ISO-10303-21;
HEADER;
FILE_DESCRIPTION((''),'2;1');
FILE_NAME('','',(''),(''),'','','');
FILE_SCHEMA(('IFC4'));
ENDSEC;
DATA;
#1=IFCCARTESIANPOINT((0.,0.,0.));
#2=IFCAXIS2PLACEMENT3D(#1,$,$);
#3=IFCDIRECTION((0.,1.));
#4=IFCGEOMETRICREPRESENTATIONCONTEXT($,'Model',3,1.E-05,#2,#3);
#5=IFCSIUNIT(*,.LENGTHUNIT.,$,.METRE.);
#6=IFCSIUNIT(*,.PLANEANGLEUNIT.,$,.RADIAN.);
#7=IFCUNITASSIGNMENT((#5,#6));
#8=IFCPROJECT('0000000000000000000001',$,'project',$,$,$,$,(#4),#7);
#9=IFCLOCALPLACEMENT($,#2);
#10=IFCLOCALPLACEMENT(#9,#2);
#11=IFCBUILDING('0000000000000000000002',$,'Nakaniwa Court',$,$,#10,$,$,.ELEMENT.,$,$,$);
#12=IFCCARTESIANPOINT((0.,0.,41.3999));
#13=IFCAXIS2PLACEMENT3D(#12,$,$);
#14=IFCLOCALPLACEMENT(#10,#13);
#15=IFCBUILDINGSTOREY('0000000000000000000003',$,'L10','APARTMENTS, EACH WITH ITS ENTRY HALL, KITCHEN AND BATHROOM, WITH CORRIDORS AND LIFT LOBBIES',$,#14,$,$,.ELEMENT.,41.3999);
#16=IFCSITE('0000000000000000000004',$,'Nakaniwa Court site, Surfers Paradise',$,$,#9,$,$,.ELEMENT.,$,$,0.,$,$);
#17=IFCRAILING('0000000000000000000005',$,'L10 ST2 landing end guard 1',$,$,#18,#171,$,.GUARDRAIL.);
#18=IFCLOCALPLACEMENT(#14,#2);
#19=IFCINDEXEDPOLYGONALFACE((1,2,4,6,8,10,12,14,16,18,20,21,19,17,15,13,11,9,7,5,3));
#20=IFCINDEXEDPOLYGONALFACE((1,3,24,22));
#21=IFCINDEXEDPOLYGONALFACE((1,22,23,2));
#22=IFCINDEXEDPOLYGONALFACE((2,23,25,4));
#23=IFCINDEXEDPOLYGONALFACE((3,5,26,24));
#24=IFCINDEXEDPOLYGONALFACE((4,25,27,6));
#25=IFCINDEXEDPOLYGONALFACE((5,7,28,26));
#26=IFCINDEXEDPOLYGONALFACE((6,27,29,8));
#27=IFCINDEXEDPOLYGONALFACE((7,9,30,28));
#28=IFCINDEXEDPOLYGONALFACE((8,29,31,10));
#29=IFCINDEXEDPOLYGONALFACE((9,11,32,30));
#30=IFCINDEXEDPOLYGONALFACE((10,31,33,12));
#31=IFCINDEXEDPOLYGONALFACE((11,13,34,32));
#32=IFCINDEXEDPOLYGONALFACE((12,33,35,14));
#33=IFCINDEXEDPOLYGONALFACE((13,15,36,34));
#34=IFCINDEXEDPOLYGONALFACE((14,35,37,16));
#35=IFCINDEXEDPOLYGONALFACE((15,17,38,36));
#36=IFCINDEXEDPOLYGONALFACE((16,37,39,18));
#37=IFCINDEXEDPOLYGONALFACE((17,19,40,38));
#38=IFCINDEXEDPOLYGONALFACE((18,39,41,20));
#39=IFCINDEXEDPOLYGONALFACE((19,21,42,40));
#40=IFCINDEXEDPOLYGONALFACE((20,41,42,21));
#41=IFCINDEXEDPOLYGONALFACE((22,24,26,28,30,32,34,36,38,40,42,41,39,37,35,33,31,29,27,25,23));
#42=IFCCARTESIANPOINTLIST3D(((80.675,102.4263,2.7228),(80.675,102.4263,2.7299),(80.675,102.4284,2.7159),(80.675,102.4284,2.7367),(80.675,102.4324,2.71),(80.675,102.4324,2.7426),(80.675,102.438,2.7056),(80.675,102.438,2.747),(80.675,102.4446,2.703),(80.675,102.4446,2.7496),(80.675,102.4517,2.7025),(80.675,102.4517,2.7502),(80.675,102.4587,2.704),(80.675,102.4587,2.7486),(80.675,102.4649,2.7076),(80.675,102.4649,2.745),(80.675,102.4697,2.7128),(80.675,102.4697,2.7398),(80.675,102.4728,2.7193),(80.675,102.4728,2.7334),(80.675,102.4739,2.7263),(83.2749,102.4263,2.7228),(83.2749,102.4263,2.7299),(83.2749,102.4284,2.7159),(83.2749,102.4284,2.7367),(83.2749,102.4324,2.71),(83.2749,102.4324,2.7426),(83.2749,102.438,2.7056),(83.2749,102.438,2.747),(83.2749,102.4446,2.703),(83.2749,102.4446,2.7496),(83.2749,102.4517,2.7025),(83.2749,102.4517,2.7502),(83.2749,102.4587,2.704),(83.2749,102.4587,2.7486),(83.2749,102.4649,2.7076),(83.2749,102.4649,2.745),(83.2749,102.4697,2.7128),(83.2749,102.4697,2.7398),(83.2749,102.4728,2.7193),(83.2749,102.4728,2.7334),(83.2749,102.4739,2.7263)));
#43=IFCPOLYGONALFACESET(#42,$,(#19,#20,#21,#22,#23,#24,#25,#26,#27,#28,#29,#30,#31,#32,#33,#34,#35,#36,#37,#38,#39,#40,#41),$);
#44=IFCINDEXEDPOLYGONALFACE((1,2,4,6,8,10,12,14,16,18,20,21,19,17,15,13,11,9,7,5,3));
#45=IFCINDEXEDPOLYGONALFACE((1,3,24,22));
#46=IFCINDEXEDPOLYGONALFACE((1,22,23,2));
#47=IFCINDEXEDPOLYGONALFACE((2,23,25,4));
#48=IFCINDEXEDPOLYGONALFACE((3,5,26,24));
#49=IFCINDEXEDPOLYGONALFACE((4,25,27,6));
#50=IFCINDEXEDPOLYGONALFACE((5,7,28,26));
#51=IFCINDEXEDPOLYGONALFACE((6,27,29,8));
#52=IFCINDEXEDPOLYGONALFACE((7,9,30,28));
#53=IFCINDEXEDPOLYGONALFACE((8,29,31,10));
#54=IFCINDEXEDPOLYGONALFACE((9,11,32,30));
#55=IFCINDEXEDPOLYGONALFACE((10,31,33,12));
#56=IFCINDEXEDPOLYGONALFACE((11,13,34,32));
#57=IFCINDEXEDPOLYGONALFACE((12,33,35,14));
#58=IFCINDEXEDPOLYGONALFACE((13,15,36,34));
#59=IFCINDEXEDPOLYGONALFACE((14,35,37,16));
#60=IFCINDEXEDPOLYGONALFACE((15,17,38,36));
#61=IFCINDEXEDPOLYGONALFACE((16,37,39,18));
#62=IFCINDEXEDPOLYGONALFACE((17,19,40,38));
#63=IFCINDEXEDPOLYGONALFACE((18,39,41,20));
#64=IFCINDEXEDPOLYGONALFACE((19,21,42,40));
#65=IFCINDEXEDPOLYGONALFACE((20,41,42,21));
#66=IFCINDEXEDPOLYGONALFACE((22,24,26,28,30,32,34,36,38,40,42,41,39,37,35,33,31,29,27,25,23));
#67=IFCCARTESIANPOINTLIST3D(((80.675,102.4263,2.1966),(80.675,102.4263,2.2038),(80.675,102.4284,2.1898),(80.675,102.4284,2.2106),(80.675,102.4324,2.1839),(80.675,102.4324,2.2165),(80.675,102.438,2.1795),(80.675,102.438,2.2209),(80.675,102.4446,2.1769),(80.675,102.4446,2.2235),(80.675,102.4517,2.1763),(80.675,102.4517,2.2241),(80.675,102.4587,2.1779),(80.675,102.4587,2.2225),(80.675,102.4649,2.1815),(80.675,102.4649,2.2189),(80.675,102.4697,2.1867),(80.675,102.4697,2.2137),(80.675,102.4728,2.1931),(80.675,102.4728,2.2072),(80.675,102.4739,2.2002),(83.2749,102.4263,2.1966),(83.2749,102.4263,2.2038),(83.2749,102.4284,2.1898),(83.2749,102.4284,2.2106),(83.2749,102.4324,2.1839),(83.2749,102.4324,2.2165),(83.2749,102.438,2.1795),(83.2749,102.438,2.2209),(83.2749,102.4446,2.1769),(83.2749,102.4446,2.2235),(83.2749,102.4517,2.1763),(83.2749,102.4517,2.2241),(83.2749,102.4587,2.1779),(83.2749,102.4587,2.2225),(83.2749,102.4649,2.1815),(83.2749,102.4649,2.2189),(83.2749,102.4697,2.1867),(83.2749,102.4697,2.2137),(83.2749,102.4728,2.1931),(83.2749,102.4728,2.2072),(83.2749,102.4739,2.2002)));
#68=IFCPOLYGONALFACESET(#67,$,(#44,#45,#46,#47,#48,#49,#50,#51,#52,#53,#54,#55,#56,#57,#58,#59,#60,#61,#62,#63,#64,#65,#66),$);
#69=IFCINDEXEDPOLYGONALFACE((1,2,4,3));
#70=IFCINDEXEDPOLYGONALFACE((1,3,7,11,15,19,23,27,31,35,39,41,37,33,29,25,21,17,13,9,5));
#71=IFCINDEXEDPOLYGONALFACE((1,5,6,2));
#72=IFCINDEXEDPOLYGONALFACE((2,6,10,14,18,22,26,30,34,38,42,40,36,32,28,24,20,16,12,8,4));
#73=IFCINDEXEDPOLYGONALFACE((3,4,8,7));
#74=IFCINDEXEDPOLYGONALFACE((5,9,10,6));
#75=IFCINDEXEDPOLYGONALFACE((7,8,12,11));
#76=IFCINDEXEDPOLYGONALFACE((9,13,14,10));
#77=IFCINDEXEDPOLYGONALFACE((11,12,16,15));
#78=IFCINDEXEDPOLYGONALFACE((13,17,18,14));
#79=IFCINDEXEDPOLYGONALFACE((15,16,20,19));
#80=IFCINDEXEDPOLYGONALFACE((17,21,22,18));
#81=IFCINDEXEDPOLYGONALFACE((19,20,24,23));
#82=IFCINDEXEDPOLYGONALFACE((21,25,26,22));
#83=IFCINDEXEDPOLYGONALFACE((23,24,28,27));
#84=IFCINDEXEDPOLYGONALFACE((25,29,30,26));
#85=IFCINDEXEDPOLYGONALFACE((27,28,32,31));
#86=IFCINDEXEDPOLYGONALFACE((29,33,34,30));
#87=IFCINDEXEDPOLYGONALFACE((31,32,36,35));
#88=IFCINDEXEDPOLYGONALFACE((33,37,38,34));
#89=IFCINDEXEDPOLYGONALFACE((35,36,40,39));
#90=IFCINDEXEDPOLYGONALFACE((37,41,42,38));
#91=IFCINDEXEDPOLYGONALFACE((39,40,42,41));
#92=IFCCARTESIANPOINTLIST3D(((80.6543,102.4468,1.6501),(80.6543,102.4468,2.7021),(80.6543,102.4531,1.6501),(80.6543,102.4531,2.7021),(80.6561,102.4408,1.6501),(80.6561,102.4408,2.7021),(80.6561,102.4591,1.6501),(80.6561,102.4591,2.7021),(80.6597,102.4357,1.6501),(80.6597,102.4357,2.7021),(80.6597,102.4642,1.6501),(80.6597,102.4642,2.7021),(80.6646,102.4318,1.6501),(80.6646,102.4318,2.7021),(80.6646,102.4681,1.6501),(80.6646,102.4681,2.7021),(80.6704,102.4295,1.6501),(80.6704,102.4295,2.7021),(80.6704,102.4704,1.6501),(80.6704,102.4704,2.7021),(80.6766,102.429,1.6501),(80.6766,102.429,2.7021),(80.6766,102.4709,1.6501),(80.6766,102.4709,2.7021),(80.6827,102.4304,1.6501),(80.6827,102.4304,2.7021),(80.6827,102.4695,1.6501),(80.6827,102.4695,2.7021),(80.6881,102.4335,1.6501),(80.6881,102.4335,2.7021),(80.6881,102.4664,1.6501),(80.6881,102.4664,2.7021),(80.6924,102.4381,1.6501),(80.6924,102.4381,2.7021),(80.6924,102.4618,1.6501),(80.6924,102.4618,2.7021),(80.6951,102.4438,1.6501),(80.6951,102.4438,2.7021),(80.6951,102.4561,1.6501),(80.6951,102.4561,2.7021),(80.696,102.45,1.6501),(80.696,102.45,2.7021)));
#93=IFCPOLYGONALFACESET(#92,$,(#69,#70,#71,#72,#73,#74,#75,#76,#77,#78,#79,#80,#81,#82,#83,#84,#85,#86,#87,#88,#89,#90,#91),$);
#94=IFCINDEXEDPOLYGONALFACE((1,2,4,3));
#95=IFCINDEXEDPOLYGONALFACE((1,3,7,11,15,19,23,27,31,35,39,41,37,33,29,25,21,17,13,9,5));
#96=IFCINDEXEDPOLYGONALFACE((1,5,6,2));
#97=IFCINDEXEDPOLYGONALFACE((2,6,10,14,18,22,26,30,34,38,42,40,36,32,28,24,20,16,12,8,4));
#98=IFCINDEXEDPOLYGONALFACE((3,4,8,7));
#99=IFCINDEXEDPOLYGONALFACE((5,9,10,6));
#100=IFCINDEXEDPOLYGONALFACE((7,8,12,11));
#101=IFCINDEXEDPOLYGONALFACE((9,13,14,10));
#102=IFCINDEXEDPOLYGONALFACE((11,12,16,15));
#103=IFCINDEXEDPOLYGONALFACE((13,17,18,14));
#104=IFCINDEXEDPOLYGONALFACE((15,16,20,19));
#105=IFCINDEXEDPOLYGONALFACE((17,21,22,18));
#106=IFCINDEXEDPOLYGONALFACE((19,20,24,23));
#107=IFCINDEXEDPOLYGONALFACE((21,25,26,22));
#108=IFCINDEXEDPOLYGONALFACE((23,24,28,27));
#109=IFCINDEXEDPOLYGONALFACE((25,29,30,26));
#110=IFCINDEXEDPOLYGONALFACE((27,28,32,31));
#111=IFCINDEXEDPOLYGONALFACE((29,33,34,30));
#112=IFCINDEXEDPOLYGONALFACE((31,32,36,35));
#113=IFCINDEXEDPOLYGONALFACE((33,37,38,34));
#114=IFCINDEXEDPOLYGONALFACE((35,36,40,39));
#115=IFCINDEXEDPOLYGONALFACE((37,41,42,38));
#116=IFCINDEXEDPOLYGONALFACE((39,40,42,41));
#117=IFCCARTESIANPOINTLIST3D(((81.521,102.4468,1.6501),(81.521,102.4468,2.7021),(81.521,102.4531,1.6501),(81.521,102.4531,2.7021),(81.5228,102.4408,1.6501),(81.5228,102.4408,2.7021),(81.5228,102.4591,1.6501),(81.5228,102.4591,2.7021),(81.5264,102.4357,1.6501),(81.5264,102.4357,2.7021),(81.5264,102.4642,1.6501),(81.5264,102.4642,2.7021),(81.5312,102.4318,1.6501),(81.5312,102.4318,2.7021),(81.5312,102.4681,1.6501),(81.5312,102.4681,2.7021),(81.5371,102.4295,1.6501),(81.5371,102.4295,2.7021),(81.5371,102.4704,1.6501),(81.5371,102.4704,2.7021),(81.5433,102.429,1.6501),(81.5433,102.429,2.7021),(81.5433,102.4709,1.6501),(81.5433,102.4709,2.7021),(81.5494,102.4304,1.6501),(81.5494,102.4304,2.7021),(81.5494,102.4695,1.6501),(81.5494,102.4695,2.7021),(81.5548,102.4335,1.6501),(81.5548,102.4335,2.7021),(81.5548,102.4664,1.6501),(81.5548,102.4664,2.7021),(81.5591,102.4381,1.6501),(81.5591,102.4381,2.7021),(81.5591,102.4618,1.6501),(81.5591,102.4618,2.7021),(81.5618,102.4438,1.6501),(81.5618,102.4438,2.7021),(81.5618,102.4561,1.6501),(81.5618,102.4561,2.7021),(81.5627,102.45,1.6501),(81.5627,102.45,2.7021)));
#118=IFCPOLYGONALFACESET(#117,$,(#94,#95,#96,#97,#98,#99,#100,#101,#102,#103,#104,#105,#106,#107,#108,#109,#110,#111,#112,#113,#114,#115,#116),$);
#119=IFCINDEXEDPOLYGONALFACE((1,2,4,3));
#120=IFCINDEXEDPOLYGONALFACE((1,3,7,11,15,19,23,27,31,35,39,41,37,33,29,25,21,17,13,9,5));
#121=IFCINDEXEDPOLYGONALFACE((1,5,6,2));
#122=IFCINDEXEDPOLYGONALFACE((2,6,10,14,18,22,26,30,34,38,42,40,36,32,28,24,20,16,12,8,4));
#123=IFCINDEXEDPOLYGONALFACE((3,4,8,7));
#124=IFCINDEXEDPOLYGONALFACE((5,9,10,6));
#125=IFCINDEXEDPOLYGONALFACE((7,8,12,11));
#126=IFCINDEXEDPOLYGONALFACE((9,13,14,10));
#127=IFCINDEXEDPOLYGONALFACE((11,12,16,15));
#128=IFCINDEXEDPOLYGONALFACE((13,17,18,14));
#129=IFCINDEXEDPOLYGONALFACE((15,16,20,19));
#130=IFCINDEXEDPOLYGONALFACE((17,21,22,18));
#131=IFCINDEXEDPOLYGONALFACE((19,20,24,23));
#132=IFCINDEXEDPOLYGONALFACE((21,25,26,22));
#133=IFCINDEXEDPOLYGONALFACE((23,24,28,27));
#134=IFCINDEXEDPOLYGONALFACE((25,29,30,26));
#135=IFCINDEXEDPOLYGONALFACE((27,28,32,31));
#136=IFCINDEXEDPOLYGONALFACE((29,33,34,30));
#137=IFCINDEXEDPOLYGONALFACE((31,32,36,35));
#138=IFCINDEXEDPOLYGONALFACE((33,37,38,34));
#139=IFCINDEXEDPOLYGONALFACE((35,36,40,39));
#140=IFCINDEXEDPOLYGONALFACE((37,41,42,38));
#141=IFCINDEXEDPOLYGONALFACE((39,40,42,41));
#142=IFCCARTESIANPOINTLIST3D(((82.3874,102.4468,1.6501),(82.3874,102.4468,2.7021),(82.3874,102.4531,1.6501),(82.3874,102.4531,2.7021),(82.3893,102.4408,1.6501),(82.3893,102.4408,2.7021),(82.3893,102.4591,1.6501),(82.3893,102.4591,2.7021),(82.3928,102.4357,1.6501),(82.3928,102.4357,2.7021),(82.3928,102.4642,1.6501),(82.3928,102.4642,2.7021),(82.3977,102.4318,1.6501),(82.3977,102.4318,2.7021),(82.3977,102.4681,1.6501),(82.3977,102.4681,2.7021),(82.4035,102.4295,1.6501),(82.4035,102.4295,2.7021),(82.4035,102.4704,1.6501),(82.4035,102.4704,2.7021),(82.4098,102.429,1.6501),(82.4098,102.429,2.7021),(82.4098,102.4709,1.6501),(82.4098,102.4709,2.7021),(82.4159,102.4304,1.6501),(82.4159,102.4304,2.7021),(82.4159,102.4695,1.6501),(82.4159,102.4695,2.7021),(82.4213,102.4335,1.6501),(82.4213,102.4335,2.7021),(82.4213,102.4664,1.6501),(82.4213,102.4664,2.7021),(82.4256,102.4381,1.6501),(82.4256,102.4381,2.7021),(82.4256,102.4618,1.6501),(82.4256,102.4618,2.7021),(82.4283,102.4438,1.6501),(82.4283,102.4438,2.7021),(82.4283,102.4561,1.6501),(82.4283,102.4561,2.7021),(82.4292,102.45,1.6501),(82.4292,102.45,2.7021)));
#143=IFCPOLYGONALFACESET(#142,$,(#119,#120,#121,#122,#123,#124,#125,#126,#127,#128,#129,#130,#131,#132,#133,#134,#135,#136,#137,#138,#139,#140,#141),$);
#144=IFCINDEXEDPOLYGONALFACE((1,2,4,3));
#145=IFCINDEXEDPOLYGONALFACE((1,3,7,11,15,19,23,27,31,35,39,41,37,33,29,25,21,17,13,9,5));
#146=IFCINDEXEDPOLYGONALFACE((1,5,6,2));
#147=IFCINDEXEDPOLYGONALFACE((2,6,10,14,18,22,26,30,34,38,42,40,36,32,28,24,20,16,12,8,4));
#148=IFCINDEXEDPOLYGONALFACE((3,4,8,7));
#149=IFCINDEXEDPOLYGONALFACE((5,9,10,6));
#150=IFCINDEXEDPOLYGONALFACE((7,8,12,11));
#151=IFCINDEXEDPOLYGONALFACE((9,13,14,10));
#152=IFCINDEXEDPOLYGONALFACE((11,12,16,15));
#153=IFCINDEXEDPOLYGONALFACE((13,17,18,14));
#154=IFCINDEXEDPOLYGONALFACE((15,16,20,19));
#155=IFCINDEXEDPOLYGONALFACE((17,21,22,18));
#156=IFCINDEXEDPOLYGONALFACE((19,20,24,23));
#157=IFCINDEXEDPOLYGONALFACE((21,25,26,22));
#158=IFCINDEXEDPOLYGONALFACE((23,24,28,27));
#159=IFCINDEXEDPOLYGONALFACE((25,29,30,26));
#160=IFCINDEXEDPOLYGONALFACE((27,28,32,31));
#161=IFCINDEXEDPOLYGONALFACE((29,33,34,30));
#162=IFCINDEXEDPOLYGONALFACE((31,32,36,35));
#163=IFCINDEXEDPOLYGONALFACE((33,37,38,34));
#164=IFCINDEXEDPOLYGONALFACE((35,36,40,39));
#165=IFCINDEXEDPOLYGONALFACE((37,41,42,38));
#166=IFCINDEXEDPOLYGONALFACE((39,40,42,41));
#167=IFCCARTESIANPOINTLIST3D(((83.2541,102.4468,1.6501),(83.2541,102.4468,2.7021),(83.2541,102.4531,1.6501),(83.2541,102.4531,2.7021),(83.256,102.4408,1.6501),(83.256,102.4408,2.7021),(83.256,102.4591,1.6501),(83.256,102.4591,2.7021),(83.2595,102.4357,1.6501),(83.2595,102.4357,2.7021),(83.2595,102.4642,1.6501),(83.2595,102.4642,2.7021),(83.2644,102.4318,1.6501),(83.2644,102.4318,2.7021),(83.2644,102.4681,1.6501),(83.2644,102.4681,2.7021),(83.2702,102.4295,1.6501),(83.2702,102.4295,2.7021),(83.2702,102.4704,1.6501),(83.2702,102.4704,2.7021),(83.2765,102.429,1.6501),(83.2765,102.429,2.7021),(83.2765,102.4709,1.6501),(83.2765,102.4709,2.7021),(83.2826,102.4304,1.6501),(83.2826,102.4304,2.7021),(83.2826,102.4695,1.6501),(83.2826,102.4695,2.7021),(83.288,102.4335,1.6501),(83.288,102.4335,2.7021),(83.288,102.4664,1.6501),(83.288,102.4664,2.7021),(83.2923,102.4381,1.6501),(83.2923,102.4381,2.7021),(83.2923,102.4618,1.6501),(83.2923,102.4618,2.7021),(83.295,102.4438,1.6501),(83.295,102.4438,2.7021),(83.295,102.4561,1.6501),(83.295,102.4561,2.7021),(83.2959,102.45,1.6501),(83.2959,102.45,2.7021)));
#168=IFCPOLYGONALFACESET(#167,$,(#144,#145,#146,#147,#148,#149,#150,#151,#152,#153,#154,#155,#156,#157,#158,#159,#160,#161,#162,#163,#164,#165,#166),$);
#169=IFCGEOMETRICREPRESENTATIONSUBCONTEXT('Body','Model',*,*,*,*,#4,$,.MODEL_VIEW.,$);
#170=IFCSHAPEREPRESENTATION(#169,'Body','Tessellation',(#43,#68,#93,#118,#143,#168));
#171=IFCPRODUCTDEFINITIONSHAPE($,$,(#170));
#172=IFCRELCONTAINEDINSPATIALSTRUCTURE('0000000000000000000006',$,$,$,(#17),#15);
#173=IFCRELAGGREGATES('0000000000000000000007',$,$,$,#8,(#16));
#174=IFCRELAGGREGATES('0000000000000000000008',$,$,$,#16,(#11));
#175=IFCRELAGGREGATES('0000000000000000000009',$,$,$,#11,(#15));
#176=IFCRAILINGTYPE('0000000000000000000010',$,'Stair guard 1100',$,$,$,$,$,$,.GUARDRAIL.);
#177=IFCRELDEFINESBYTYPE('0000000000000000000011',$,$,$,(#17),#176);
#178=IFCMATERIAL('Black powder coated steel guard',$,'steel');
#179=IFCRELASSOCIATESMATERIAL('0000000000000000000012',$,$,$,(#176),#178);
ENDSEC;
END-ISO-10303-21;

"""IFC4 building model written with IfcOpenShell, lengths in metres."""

from ifc_helpers import new_model, si_unit, direction, frame, origin, origin_2d, place, context, subcontext, project, spatial, circle, extrude, material, type_object, element, save


model = new_model("IFC4")

# Units and contexts
model_context = context("Model", 3, precision=1e-05, world=origin(), true_north=direction((0.0, 1.0)))
body_context = subcontext(model_context, "Body", "Model", "MODEL_VIEW")
ifc_project = project(units=[si_unit("LENGTHUNIT", "METRE"), si_unit("PLANEANGLEUNIT", "RADIAN")], contexts=[model_context])

# Site, building, storey
site_placement = place(None, origin())
site = spatial("IfcSite", under=ifc_project, at=site_placement, Name="Nakaniwa Court site, Surfers Paradise", CompositionType="ELEMENT", RefElevation=0.0)
building_placement = place(site_placement, origin())
building = spatial("IfcBuilding", under=site, at=building_placement, Name="Nakaniwa Court", CompositionType="ELEMENT")
storey_placement = place(building_placement, frame((0.0, 0.0, 41.3999)))
storey = spatial("IfcBuildingStorey", under=building, at=storey_placement, Name="L10", Description="APARTMENTS, EACH WITH ITS ENTRY HALL, KITCHEN AND BATHROOM, WITH CORRIDORS AND LIFT LOBBIES", CompositionType="ELEMENT", Elevation=41.3999)

# Railing
ifc_material_1 = material(Name="Black powder coated steel guard", Category="steel")
railing_type_1 = type_object("IfcRailingType", Name="Stair guard 1100", PredefinedType="GUARDRAIL", material=ifc_material_1)
railing_1_placement = place(storey_placement, frame((80.675, 102.45, 1.6501)))
element("IfcRailing", 1, at=railing_1_placement, inside=storey, type_object=railing_type_1, Name="L10 ST2 landing end guard 1", PredefinedType="GUARDRAIL", context=body_context, shape_type="SweptSolid", body=[
    extrude(circle(Radius=0.0239, at=origin_2d()), frame((0.0, 0.0, 1.0762), z_axis=(1.0, 0.0, 0.0), x_axis=(0.0, 1.0, 0.0)), (0.0, 0.0, 1.0), 2.5999),
    extrude(circle(Radius=0.0239, at=origin_2d()), frame((0.0, 0.0, 0.55), z_axis=(1.0, 0.0, 0.0), x_axis=(0.0, 1.0, 0.0)), (0.0, 0.0, 1.0), 2.5999),
    extrude(circle(Radius=0.021, at=origin_2d()), origin(), (0.0, 0.0, 1.0), 1.052),
    extrude(circle(Radius=0.021, at=origin_2d()), frame((0.8667, 0.0, 0.0)), (0.0, 0.0, 1.0), 1.052),
    extrude(circle(Radius=0.021, at=origin_2d()), frame((1.7332, 0.0, 0.0)), (0.0, 0.0, 1.0), 1.052),
    extrude(circle(Radius=0.021, at=origin_2d()), frame((2.5999, 0.0, 0.0)), (0.0, 0.0, 1.0), 1.052),
])

save(model, "model.ifc")
